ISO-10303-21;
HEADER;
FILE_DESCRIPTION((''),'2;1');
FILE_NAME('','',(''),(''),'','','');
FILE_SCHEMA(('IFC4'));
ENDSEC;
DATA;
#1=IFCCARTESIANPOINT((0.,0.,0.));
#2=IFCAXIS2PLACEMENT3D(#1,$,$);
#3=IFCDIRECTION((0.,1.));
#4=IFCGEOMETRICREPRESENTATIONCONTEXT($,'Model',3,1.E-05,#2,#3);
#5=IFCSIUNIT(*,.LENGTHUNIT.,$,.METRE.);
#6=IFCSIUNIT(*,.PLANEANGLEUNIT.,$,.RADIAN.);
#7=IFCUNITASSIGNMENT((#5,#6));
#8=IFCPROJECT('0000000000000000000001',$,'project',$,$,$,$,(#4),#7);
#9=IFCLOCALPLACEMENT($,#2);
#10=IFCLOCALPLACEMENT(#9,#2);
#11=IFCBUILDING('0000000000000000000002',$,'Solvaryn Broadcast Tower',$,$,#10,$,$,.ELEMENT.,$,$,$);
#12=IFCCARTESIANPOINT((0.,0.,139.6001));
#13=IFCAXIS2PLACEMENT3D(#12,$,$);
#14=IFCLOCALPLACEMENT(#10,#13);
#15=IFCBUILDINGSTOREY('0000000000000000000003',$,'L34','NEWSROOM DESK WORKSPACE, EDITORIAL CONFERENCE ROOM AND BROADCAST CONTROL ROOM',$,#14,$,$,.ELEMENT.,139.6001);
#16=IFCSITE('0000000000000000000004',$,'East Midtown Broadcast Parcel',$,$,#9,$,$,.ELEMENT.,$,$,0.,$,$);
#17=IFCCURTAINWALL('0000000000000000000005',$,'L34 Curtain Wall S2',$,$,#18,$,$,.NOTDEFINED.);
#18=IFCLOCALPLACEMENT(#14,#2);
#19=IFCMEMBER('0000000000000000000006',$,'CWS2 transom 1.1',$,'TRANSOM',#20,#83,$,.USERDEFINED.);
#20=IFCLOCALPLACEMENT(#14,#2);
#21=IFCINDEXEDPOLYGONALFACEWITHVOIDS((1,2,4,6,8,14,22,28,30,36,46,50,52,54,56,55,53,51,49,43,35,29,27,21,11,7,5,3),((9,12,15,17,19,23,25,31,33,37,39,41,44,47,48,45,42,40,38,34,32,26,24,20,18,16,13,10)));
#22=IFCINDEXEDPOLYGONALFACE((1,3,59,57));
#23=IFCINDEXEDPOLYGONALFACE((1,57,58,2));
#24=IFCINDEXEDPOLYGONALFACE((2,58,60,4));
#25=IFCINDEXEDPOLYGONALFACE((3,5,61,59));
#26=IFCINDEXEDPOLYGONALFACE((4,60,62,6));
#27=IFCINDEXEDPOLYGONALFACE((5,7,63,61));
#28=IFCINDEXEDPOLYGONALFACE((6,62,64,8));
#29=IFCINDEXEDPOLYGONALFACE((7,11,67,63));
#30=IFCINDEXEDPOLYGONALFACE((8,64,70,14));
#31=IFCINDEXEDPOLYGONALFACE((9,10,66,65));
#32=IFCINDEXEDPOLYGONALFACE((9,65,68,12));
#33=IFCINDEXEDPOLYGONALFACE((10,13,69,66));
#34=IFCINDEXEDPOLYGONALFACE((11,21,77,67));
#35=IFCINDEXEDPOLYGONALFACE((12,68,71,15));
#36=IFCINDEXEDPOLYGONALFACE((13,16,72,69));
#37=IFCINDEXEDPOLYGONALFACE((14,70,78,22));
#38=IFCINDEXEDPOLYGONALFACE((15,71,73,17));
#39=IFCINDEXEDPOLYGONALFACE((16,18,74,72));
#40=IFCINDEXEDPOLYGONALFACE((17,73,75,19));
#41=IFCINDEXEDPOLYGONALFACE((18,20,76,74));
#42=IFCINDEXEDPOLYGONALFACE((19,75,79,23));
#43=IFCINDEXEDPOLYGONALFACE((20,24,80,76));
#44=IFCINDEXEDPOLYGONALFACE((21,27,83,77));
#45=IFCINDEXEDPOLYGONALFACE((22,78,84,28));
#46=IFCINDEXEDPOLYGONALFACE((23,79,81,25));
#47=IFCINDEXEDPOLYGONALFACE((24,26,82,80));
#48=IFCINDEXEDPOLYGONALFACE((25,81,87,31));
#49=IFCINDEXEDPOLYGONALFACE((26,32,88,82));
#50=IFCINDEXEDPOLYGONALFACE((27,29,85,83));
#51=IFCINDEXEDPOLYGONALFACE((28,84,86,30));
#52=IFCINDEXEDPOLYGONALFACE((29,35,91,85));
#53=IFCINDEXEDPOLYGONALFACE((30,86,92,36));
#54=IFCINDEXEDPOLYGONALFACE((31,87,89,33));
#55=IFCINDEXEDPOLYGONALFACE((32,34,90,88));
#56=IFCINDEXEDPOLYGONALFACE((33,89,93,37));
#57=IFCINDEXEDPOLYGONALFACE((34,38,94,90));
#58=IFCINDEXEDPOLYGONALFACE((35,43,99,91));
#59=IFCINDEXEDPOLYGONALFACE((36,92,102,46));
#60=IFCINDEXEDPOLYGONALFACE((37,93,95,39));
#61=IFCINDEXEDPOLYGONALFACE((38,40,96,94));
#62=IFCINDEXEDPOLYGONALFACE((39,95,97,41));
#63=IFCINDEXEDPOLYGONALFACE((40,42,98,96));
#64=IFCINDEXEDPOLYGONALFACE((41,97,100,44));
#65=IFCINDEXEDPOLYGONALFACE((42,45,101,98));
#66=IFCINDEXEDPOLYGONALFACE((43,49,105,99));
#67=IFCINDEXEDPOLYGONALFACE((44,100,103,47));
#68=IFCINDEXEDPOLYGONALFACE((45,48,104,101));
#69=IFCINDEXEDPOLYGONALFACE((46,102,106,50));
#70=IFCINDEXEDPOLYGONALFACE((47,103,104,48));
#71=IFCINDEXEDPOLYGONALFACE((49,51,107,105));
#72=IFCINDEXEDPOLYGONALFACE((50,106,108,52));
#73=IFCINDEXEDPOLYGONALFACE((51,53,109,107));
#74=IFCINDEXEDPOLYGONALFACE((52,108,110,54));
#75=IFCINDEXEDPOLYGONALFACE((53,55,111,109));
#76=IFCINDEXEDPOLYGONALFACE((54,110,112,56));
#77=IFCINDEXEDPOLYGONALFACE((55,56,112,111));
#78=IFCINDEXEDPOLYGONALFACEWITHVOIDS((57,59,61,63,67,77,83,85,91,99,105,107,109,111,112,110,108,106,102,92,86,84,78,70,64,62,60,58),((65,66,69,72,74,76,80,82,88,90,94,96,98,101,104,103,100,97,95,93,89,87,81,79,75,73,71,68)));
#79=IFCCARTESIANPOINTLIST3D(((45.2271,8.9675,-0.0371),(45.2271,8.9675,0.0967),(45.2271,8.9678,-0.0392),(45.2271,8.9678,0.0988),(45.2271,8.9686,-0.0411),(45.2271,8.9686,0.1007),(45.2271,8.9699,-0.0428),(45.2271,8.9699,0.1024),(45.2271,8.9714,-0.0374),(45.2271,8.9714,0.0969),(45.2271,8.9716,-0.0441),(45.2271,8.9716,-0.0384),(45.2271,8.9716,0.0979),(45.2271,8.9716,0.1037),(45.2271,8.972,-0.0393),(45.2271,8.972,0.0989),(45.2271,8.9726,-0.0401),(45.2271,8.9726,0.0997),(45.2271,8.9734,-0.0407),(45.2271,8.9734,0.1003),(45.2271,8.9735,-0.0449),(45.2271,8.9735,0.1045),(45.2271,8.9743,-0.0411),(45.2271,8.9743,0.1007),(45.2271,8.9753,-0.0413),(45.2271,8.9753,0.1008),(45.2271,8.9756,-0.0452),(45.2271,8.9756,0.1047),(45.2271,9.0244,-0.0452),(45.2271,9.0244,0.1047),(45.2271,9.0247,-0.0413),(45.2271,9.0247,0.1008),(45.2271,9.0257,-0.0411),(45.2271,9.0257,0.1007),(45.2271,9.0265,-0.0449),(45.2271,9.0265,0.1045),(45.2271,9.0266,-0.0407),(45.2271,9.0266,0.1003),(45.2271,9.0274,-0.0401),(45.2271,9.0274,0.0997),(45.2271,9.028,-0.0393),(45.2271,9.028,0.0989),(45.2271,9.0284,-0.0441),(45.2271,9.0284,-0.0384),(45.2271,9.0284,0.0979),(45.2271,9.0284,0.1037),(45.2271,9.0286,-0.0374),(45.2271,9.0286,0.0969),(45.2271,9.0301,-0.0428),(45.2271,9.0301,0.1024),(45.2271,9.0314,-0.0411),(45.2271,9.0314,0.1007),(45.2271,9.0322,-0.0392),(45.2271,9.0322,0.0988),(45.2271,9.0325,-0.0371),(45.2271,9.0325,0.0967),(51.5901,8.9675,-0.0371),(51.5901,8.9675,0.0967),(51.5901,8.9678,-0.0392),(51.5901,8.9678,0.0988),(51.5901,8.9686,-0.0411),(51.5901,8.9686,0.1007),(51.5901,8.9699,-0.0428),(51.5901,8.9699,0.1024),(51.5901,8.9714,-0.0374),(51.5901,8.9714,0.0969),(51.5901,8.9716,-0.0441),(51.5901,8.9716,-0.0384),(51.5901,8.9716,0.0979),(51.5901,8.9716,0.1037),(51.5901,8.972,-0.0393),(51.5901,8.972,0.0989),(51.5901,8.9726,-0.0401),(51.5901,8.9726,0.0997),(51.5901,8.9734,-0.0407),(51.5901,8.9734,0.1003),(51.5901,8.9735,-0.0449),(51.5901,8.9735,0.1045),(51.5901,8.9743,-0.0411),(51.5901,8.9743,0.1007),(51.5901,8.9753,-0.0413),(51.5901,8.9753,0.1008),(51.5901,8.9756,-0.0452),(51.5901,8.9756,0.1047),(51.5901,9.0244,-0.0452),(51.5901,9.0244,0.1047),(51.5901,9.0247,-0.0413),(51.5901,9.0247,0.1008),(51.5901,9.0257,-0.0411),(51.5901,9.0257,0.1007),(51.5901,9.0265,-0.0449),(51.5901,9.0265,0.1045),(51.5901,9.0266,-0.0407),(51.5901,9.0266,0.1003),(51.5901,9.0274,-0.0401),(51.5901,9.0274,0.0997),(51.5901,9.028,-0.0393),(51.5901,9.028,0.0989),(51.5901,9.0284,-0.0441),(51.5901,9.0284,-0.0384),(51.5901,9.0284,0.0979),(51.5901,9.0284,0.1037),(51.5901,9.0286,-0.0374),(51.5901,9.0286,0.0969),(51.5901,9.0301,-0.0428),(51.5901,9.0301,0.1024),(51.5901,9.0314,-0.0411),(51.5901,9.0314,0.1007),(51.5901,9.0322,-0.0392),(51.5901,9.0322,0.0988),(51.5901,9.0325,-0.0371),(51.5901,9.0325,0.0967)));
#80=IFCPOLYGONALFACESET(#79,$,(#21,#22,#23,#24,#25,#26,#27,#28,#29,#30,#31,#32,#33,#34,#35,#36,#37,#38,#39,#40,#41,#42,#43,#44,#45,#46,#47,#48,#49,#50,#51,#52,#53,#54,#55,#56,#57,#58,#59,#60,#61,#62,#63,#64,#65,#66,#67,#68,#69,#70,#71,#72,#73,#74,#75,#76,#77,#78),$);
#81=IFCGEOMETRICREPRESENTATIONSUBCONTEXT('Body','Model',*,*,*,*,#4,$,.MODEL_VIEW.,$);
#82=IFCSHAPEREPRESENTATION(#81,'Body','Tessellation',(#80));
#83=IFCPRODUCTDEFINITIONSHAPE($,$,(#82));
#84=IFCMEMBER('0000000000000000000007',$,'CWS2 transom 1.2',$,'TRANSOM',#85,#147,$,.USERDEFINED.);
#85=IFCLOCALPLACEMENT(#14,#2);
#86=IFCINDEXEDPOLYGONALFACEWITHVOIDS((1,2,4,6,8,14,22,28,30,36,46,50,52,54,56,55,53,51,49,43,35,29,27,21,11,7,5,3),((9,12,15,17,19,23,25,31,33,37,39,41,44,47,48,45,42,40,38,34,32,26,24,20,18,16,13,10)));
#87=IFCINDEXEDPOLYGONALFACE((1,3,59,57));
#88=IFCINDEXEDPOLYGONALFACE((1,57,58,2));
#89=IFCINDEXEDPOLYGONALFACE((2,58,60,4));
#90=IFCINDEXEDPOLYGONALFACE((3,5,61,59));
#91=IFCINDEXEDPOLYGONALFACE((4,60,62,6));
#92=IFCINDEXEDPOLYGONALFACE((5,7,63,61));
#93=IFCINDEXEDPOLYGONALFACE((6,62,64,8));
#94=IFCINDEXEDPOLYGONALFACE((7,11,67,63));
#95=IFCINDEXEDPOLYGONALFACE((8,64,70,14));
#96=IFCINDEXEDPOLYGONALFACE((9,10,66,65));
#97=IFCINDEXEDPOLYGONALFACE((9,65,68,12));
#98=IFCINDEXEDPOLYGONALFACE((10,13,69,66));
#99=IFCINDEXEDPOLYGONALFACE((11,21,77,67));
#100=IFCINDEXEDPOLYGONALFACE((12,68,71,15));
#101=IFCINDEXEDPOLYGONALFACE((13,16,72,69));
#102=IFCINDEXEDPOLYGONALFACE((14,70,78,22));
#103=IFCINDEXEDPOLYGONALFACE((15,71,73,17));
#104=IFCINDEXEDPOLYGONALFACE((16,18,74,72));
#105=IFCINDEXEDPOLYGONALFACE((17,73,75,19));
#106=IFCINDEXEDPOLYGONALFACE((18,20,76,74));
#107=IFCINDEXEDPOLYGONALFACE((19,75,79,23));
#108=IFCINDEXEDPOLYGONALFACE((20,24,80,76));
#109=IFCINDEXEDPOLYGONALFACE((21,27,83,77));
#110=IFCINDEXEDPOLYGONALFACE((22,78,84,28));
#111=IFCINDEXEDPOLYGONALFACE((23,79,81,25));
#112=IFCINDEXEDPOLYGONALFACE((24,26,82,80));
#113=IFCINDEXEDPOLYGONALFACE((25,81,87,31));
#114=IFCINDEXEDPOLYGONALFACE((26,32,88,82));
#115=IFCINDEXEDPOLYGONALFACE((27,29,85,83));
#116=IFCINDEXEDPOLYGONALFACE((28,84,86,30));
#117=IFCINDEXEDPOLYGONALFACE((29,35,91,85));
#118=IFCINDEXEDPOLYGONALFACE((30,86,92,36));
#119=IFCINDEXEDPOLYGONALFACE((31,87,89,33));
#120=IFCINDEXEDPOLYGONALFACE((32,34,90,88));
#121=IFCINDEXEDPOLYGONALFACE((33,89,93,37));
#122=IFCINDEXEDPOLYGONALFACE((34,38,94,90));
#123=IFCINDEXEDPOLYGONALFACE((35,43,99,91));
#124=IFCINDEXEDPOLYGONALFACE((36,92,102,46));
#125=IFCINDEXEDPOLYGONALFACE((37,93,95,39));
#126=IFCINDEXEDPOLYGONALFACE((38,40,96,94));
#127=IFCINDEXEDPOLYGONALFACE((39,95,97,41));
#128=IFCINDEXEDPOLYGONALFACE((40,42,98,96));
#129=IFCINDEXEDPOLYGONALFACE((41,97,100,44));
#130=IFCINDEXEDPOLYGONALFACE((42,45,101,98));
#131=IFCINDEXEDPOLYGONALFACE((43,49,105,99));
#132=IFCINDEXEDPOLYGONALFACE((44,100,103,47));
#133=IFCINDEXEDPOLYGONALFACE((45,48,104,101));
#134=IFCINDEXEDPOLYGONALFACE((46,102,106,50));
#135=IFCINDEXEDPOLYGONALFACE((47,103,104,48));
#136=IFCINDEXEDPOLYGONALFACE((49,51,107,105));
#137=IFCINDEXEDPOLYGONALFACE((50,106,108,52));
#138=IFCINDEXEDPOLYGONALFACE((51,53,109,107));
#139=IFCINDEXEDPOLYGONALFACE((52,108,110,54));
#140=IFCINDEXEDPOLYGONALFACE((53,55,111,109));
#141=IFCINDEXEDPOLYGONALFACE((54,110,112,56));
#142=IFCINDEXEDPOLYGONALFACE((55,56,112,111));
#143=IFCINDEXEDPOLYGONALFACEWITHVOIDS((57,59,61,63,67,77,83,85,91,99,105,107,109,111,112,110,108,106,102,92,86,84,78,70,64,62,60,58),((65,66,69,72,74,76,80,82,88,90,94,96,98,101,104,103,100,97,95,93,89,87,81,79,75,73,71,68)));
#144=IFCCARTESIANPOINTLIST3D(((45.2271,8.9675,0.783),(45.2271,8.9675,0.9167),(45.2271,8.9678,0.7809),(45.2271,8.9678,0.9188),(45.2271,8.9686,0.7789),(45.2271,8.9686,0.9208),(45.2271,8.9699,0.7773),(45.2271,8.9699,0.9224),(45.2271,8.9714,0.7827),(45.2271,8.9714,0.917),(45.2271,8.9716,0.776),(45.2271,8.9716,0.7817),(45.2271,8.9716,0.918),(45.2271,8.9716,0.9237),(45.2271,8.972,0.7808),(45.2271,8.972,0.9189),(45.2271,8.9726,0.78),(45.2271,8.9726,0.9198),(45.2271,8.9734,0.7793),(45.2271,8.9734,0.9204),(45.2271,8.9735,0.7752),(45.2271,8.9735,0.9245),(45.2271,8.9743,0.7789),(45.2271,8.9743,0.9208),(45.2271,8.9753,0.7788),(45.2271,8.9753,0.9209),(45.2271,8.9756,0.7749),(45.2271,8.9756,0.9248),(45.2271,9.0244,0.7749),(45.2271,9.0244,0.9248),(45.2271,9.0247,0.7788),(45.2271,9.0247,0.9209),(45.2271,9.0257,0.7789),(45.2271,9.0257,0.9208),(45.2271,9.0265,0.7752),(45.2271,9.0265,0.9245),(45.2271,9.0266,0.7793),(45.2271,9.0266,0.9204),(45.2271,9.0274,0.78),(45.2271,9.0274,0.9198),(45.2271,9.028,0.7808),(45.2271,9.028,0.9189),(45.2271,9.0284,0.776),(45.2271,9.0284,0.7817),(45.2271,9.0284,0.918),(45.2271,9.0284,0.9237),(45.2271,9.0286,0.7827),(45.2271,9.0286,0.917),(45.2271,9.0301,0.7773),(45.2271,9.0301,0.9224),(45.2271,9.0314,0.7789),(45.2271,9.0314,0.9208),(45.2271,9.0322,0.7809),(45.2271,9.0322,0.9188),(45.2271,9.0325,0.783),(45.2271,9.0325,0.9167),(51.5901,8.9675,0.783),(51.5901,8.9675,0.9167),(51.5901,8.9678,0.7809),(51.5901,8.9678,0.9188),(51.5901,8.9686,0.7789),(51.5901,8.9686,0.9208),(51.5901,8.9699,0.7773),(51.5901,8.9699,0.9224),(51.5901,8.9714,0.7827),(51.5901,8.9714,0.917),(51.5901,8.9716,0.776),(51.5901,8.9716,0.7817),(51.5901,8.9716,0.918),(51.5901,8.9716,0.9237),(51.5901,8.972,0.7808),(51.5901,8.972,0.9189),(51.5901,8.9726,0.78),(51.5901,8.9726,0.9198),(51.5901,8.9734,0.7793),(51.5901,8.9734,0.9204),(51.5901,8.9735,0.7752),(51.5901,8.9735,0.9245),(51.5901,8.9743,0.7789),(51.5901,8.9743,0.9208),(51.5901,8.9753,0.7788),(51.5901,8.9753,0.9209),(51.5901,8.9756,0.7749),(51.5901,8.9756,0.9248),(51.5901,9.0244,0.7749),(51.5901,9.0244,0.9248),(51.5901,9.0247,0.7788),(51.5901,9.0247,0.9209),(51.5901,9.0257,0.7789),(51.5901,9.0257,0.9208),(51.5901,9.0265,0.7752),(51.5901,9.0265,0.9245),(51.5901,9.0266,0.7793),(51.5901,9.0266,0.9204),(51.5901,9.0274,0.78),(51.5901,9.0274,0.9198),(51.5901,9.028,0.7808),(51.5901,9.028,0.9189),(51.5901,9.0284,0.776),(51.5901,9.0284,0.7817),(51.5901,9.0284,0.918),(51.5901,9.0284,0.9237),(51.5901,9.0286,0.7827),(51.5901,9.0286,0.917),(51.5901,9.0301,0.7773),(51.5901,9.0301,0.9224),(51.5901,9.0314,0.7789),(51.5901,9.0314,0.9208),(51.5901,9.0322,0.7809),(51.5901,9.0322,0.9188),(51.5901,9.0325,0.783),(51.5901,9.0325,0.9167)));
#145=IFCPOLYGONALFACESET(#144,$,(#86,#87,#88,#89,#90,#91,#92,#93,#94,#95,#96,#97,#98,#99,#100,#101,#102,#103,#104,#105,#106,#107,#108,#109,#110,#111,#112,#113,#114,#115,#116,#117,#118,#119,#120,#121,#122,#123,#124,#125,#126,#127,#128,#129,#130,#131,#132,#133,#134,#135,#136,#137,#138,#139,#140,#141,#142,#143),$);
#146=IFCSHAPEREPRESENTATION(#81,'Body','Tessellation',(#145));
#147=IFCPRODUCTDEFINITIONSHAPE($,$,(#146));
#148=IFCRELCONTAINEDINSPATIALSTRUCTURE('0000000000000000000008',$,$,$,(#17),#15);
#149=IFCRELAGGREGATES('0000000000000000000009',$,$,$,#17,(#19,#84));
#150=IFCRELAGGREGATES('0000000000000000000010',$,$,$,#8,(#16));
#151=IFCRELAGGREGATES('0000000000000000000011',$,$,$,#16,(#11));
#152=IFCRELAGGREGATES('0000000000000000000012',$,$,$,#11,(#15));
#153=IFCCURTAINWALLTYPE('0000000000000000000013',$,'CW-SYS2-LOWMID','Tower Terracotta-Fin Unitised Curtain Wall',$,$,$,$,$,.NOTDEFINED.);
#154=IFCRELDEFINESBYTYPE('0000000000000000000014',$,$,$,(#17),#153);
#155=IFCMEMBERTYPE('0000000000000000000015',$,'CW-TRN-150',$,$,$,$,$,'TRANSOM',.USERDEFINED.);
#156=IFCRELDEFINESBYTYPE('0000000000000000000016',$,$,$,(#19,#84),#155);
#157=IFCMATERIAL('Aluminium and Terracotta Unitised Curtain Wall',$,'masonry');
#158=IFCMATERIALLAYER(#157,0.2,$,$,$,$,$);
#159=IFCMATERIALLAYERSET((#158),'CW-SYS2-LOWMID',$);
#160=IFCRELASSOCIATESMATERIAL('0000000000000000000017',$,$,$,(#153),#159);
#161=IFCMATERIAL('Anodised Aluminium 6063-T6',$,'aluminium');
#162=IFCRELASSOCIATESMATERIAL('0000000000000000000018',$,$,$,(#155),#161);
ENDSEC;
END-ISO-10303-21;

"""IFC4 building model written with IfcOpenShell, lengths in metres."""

from ifc_helpers import new_model, si_unit, direction, frame, origin, origin_2d, place, context, subcontext, project, spatial, hollow_rectangle, extrude, material, layer, layer_set, material_profile, profile_set, type_object, element, aggregate, save


model = new_model("IFC4")

# Units and contexts
model_context = context("Model", 3, precision=1e-05, world=origin(), true_north=direction((0.0, 1.0)))
body_context = subcontext(model_context, "Body", "Model", "MODEL_VIEW")
ifc_project = project(units=[si_unit("LENGTHUNIT", "METRE"), si_unit("PLANEANGLEUNIT", "RADIAN")], contexts=[model_context])

# Site, building, storey
site_placement = place(None, origin())
site = spatial("IfcSite", under=ifc_project, at=site_placement, Name="East Midtown Broadcast Parcel", CompositionType="ELEMENT", RefElevation=0.0)
building_placement = place(site_placement, origin())
building = spatial("IfcBuilding", under=site, at=building_placement, Name="Solvaryn Broadcast Tower", CompositionType="ELEMENT")
storey_placement = place(building_placement, frame((0.0, 0.0, 139.6001)))
storey = spatial("IfcBuildingStorey", under=building, at=storey_placement, Name="L34", Description="NEWSROOM DESK WORKSPACE, EDITORIAL CONFERENCE ROOM AND BROADCAST CONTROL ROOM", CompositionType="ELEMENT", Elevation=139.6001)

# Curtain wall
ifc_material_1 = material(Name="Aluminium and Terracotta Unitised Curtain Wall", Category="masonry")
ifc_layer_1 = layer(ifc_material_1, 0.2)
ifc_layer_set_1 = layer_set([ifc_layer_1], Name="CW-SYS2-LOWMID")
curtain_wall_type = type_object("IfcCurtainWallType", Name="CW-SYS2-LOWMID", Description="Tower Terracotta-Fin Unitised Curtain Wall", PredefinedType="NOTDEFINED", material=ifc_layer_set_1)
curtain_wall_1_placement = place(storey_placement, origin())
curtain_wall_1 = element("IfcCurtainWall", 1, at=curtain_wall_1_placement, inside=storey, type_object=curtain_wall_type, Name="L34 Curtain Wall S2", PredefinedType="NOTDEFINED")

# Members
ifc_material_2 = material(Name="Anodised Aluminium 6063-T6", Category="aluminium")
ifc_material_profile_1 = material_profile(ifc_material_2, hollow_rectangle(XDim=0.0649, YDim=0.1499, WallThickness=0.0039, InnerFilletRadius=0.0039, OuterFilletRadius=0.0081, at=origin_2d()))
ifc_profile_set_1 = profile_set([ifc_material_profile_1], Name="Anodised Aluminium 6063-T6")
member_type_1 = type_object("IfcMemberType", Name="CW-TRN-150", ElementType="TRANSOM", PredefinedType="USERDEFINED", material=ifc_profile_set_1)
member_1_placement = place(storey_placement, frame((45.2271, 9.0, 0.0298), z_axis=(1.0, 0.0, 0.0), x_axis=(0.0, 1.0, 0.0)))
member_1 = element("IfcMember", 2, at=member_1_placement, type_object=member_type_1, Name="CWS2 transom 1.1", ObjectType="TRANSOM", PredefinedType="USERDEFINED", context=body_context, shape_type="SweptSolid", body=[
    extrude(hollow_rectangle(XDim=0.0649, YDim=0.1499, WallThickness=0.0039, InnerFilletRadius=0.0039, OuterFilletRadius=0.0081, at=origin_2d()), origin(), (0.0, 0.0, 1.0), 6.363),
])
member_2_placement = place(storey_placement, frame((45.2271, 9.0, 0.8499), z_axis=(1.0, 0.0, 0.0), x_axis=(0.0, 1.0, 0.0)))
member_2 = element("IfcMember", 3, at=member_2_placement, type_object=member_type_1, Name="CWS2 transom 1.2", ObjectType="TRANSOM", PredefinedType="USERDEFINED", context=body_context, shape_type="SweptSolid", body=[
    extrude(hollow_rectangle(XDim=0.0649, YDim=0.1499, WallThickness=0.0039, InnerFilletRadius=0.0039, OuterFilletRadius=0.0081, at=origin_2d()), origin(), (0.0, 0.0, 1.0), 6.363),
])

aggregate(curtain_wall_1, [member_1, member_2])

save(model, "model.ifc")
